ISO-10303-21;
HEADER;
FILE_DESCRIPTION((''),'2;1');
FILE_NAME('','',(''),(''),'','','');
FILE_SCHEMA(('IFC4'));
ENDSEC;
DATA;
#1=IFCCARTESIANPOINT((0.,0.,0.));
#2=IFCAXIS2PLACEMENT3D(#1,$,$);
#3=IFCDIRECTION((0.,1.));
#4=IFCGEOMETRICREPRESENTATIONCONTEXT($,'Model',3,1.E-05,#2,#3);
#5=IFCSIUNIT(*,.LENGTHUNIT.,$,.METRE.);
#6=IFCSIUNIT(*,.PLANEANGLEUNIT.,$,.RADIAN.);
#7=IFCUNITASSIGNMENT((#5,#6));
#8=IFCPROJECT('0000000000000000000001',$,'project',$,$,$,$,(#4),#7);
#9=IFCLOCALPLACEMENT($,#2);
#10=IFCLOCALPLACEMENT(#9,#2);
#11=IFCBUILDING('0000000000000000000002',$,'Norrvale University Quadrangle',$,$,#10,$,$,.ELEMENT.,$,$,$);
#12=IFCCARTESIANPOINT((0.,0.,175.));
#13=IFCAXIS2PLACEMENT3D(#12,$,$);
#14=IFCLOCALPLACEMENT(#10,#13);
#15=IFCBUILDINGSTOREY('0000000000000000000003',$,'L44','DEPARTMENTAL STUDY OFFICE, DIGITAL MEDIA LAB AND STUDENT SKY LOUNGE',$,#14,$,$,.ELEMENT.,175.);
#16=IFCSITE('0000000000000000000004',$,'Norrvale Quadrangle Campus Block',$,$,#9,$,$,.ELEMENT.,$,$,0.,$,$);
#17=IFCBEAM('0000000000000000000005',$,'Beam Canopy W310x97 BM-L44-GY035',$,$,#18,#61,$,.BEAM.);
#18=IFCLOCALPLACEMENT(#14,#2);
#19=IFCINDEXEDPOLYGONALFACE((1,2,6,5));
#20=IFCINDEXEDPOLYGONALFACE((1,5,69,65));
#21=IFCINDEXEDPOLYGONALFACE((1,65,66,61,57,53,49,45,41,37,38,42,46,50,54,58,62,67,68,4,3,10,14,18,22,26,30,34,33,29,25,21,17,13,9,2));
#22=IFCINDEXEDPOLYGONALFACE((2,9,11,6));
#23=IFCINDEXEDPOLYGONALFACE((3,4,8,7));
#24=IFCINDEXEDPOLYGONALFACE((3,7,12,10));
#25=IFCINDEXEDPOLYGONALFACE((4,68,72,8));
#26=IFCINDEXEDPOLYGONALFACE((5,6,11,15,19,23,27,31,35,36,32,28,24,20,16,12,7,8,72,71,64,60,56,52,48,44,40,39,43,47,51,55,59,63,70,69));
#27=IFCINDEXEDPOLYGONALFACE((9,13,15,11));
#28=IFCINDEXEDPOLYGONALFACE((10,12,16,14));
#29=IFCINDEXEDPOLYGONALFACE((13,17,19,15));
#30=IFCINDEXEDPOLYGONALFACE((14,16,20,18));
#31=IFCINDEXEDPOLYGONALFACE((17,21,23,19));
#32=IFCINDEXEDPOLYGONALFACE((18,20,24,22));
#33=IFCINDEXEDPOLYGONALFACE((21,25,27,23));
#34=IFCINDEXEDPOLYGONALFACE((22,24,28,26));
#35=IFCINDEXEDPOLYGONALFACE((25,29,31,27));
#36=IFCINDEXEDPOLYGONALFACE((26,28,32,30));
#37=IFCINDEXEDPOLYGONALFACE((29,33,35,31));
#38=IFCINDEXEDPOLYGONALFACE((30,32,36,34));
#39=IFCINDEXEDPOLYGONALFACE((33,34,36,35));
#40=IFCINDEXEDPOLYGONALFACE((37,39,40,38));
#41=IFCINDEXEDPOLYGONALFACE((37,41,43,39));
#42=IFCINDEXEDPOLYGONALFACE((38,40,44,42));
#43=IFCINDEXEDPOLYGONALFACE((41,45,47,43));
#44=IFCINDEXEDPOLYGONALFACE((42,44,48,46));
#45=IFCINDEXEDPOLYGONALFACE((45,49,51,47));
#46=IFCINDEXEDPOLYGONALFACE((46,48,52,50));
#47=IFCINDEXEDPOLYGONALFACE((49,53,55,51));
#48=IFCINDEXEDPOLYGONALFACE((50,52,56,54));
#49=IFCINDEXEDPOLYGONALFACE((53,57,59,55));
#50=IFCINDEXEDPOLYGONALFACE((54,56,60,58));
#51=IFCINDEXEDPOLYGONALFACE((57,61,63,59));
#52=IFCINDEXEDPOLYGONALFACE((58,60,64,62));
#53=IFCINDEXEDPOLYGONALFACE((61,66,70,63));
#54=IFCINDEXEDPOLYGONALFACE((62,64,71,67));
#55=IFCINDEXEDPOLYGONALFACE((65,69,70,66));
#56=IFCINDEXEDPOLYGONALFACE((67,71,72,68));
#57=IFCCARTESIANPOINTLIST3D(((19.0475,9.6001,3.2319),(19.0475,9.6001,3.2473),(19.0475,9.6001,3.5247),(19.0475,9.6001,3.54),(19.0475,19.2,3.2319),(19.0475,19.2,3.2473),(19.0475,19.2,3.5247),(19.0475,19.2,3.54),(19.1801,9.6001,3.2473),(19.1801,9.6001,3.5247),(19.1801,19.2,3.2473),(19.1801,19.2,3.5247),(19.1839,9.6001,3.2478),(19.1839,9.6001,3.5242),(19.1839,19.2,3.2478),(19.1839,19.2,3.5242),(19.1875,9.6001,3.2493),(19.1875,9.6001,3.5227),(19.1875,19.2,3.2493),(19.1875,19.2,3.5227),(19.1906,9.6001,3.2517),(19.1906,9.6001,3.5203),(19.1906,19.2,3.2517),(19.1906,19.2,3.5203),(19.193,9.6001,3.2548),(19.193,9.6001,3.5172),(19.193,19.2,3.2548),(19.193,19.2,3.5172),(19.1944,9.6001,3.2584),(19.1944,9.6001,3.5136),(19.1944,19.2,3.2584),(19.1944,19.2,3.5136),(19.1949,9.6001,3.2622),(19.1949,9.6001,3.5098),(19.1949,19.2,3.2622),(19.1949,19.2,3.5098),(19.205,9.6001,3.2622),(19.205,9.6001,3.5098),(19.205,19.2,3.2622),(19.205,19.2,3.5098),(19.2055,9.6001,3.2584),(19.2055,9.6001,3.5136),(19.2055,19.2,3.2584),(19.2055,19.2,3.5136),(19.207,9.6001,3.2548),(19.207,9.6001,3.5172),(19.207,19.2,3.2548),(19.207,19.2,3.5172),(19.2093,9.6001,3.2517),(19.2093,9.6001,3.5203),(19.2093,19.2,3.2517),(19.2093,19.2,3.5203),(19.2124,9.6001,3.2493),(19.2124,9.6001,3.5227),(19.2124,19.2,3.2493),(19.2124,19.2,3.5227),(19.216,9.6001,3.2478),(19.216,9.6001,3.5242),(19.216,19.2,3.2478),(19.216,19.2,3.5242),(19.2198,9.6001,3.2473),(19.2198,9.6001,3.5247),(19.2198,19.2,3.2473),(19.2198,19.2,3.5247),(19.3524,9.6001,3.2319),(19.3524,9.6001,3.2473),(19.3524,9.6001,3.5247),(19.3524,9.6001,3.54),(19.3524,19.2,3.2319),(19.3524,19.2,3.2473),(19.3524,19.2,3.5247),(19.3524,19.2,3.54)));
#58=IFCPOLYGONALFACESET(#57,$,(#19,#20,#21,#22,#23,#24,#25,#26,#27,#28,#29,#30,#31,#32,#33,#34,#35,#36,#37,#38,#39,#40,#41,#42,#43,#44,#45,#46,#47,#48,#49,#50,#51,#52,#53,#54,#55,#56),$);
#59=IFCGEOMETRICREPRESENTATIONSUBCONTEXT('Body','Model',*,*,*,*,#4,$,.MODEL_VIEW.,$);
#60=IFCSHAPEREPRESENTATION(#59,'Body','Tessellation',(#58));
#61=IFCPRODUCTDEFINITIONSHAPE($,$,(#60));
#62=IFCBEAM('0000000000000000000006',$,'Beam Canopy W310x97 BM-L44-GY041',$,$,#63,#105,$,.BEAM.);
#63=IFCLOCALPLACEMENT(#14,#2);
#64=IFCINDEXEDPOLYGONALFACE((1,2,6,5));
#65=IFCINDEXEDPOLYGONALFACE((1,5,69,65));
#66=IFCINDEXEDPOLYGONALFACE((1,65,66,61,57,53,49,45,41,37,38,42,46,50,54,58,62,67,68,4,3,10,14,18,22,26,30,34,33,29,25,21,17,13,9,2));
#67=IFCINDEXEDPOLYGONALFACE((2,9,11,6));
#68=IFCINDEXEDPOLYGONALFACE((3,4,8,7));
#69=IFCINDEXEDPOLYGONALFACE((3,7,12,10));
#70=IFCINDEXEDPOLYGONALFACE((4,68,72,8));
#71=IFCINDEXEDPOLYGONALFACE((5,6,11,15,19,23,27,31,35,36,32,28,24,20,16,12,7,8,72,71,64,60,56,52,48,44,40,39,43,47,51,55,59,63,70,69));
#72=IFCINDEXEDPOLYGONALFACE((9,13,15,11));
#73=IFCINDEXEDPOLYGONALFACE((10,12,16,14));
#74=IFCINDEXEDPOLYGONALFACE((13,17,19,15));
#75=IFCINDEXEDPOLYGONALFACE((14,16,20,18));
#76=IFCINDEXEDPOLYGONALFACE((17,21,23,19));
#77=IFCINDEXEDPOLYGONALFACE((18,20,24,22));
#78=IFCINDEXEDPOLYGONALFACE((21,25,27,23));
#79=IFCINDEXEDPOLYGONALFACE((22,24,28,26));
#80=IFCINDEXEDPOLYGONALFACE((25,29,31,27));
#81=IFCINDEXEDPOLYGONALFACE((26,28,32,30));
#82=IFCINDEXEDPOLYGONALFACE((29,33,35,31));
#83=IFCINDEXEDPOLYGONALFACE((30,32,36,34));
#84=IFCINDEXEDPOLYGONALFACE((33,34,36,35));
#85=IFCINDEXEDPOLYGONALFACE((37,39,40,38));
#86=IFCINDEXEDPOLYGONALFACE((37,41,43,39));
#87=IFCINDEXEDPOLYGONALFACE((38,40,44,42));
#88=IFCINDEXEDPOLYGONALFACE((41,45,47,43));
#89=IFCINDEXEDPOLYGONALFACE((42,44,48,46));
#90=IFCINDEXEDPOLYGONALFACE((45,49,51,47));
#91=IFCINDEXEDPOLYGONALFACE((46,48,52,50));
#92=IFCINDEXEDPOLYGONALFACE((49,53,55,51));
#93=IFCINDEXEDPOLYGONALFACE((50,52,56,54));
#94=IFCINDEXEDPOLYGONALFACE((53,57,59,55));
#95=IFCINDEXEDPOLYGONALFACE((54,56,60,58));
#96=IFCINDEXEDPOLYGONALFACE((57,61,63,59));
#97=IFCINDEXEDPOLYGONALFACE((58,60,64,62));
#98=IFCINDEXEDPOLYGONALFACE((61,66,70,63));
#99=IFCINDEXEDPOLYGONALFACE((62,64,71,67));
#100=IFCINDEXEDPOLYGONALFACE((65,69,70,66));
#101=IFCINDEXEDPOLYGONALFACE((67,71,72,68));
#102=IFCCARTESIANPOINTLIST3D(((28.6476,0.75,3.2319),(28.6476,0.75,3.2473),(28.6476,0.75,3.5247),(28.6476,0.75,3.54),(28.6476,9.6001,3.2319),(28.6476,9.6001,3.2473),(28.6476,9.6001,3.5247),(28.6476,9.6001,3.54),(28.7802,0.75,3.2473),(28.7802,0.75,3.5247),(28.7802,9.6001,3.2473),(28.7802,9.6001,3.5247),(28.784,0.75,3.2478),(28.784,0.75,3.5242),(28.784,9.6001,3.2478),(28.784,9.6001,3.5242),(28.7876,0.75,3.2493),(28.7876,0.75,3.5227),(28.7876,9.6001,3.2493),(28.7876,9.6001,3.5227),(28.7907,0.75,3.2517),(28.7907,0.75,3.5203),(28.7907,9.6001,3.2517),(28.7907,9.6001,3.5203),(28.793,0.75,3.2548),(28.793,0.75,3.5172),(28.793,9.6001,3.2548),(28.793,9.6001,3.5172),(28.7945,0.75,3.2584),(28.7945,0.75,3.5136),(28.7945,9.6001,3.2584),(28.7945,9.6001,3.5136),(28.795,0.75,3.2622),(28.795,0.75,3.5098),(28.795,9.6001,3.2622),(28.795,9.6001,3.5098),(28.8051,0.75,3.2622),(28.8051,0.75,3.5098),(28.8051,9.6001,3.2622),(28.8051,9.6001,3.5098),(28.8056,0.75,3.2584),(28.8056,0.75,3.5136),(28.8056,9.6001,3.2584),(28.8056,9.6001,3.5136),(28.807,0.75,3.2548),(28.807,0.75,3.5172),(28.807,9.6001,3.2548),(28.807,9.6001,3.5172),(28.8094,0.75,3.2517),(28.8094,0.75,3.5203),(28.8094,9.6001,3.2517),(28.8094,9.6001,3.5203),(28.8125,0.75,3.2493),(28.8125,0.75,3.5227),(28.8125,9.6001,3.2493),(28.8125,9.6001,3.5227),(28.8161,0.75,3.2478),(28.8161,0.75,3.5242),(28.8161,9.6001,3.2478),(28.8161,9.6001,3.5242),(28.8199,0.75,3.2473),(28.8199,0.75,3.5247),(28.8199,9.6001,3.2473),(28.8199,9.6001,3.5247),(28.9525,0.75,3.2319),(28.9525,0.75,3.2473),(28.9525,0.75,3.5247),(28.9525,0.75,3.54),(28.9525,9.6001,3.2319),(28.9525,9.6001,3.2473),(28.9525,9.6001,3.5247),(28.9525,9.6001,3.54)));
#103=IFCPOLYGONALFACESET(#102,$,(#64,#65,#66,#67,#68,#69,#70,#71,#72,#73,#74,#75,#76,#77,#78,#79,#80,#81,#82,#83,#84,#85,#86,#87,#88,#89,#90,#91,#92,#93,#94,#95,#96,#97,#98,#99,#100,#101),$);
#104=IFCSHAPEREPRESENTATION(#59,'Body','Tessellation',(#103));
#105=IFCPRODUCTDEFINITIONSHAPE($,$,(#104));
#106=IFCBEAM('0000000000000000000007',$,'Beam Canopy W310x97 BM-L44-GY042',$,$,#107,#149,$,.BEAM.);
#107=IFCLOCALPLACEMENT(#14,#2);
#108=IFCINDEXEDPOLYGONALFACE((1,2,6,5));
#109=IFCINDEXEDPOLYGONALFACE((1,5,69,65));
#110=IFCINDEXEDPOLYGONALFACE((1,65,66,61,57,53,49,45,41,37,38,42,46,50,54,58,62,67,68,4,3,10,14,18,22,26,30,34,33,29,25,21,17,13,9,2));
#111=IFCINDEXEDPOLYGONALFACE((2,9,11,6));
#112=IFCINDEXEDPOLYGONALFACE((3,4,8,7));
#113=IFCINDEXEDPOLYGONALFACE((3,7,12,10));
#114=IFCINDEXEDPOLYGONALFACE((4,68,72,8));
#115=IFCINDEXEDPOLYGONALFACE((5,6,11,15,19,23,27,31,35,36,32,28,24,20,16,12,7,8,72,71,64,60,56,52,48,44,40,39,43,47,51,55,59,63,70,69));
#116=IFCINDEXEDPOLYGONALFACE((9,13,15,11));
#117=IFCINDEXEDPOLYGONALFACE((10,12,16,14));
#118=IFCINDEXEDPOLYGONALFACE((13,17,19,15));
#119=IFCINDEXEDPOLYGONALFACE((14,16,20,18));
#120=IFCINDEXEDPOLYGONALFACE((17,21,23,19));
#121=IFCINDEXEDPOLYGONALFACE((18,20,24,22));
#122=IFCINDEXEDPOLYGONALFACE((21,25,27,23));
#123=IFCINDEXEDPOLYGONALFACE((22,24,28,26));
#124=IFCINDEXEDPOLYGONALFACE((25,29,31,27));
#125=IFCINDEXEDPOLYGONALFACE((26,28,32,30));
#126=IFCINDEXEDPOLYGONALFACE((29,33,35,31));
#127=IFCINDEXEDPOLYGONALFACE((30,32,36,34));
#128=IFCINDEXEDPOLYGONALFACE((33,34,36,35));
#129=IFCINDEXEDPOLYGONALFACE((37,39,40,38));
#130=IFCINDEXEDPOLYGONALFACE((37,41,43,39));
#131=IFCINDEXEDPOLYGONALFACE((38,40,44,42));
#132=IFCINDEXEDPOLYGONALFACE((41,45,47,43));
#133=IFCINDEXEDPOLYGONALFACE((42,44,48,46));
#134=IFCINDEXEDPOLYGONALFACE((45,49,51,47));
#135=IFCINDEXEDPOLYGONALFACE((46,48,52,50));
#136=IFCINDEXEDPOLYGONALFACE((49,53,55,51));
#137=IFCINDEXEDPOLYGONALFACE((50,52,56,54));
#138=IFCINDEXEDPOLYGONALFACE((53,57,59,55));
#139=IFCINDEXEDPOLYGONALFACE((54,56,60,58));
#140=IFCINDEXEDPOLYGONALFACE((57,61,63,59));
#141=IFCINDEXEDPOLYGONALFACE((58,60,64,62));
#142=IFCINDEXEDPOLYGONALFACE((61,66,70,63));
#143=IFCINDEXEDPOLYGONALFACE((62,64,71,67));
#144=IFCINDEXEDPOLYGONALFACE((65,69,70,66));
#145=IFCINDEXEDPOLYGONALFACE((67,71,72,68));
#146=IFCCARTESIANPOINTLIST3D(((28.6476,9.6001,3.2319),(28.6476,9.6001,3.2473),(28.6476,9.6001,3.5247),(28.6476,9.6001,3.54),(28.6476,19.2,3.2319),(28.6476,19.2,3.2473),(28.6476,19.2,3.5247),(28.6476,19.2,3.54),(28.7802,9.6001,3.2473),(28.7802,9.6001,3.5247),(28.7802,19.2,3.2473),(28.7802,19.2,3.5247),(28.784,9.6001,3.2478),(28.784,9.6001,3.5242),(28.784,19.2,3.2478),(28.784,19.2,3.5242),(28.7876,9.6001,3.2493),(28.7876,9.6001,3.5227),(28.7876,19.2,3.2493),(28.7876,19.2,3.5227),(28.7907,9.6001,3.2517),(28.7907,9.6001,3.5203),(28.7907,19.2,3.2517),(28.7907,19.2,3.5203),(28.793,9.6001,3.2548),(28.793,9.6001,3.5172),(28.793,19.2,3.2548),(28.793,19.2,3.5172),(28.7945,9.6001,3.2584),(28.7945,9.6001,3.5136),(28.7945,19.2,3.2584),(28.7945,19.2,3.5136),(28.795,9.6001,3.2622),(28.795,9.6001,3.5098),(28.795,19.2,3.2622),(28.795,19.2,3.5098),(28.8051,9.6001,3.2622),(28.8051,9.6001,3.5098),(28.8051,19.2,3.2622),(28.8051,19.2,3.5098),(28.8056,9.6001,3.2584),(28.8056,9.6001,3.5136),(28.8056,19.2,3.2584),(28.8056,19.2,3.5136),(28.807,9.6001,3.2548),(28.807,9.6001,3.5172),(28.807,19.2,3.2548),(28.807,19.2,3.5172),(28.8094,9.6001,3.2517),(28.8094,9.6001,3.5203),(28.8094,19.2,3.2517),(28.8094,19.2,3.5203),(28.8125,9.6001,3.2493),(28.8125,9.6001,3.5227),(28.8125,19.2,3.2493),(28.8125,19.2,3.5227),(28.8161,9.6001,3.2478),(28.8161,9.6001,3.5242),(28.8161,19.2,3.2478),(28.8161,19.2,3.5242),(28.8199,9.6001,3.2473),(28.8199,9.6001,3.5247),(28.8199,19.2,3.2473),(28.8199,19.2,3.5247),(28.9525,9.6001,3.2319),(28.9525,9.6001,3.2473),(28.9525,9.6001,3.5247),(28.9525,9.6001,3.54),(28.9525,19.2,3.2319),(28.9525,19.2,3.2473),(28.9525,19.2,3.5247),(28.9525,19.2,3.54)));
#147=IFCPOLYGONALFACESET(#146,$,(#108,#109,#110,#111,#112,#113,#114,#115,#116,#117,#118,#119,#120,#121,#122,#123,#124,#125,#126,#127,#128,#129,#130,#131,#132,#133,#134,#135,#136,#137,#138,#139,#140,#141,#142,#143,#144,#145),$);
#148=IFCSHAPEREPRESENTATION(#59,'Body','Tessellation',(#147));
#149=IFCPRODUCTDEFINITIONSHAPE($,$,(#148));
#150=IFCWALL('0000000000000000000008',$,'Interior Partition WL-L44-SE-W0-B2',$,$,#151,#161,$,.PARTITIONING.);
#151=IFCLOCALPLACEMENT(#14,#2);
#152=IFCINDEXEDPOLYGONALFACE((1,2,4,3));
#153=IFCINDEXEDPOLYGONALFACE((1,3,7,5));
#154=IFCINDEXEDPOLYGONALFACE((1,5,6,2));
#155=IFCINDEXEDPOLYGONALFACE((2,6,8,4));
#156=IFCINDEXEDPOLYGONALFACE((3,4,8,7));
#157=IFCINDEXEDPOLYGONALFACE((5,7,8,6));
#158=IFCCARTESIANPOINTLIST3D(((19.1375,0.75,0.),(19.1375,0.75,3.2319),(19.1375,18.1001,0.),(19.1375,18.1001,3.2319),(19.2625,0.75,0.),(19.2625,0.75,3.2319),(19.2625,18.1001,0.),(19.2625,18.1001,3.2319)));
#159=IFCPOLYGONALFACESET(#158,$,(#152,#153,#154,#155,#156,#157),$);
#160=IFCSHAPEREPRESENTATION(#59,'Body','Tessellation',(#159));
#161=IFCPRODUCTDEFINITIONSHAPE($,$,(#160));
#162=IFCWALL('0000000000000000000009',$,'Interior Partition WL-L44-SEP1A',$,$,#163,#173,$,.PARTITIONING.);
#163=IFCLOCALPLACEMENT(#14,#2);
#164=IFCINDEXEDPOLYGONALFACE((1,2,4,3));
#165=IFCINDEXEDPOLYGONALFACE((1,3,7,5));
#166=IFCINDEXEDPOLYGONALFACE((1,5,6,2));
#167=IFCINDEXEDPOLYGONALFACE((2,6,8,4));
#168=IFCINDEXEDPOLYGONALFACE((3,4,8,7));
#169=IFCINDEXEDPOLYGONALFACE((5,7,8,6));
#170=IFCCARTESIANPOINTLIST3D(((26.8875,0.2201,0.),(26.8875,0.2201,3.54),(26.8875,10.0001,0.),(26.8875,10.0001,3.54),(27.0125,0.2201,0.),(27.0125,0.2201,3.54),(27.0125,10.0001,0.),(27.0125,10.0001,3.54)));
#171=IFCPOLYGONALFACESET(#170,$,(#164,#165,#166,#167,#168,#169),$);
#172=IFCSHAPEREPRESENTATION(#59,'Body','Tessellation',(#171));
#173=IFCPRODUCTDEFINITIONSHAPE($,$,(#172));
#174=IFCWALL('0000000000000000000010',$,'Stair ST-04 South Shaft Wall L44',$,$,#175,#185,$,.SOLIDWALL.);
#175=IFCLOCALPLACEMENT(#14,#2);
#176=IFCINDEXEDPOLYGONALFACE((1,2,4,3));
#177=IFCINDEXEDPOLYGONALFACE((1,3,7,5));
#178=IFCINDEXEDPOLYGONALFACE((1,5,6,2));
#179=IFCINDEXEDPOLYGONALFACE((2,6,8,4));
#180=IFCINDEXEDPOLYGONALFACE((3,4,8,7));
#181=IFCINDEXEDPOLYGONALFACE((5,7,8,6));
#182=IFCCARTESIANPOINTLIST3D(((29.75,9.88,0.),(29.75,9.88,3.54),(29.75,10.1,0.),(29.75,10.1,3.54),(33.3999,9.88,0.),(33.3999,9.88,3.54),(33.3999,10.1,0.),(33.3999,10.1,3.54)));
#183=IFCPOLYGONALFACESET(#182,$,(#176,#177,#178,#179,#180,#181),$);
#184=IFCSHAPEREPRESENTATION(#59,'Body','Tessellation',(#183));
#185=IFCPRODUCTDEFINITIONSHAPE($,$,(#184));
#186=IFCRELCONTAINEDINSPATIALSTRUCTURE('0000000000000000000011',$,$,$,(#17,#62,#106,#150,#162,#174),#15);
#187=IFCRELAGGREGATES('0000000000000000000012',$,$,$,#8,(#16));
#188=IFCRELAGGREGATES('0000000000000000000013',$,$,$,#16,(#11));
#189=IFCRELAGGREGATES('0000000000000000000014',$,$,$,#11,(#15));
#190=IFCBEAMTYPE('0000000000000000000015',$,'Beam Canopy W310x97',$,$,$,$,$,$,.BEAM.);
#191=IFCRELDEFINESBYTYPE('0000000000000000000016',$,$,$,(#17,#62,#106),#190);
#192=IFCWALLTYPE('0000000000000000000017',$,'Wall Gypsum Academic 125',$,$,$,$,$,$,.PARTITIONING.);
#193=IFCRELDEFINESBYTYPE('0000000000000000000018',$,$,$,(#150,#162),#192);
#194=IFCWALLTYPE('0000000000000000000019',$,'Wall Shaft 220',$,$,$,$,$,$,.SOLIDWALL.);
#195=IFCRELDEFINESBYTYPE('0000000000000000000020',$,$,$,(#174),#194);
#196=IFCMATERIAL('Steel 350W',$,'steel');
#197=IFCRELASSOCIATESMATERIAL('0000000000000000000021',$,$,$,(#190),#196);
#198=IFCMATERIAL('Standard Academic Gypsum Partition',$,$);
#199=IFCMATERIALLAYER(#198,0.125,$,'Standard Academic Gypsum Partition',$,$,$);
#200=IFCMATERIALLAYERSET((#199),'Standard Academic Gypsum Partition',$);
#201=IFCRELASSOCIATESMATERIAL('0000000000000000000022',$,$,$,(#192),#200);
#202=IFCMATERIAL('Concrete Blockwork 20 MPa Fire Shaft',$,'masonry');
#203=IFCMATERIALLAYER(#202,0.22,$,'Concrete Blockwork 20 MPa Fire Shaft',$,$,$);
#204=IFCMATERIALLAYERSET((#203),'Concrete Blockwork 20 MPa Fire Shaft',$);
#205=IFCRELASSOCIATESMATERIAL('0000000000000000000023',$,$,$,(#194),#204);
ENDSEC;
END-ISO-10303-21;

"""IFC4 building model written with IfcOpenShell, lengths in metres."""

from ifc_helpers import new_model, si_unit, direction, frame, frame_2d, origin, origin_2d, place, context, subcontext, project, spatial, rectangle, i_section, extrude, material, layer, layer_set, material_profile, profile_set, type_object, element, save


model = new_model("IFC4")

# Units and contexts
model_context = context("Model", 3, precision=1e-05, world=origin(), true_north=direction((0.0, 1.0)))
body_context = subcontext(model_context, "Body", "Model", "MODEL_VIEW")
ifc_project = project(units=[si_unit("LENGTHUNIT", "METRE"), si_unit("PLANEANGLEUNIT", "RADIAN")], contexts=[model_context])

# Site, building, storey
site_placement = place(None, origin())
site = spatial("IfcSite", under=ifc_project, at=site_placement, Name="Norrvale Quadrangle Campus Block", CompositionType="ELEMENT", RefElevation=0.0)
building_placement = place(site_placement, origin())
building = spatial("IfcBuilding", under=site, at=building_placement, Name="Norrvale University Quadrangle", CompositionType="ELEMENT")
storey_placement = place(building_placement, frame((0.0, 0.0, 175.0)))
storey = spatial("IfcBuildingStorey", under=building, at=storey_placement, Name="L44", Description="DEPARTMENTAL STUDY OFFICE, DIGITAL MEDIA LAB AND STUDENT SKY LOUNGE", CompositionType="ELEMENT", Elevation=175.0)

# Beams
ifc_material_1 = material(Name="Steel 350W", Category="steel")
ifc_material_profile_1 = material_profile(ifc_material_1, i_section(OverallWidth=0.3049, OverallDepth=0.3081, WebThickness=0.01, FlangeThickness=0.0154, FilletRadius=0.0149, at=origin_2d()), Name="Steel 350W")
ifc_profile_set_1 = profile_set([ifc_material_profile_1], Name="Steel 350W")
beam_type_1 = type_object("IfcBeamType", Name="Beam Canopy W310x97", PredefinedType="BEAM", material=ifc_profile_set_1)
beam_1_placement = place(storey_placement, frame((19.2, 9.6001, 3.386), z_axis=(0.0, 1.0, 0.0), x_axis=(-1.0, 0.0, 0.0)))
element("IfcBeam", 1, at=beam_1_placement, inside=storey, type_object=beam_type_1, Name="Beam Canopy W310x97 BM-L44-GY035", PredefinedType="BEAM", context=body_context, shape_type="SweptSolid", body=[
    extrude(i_section(OverallWidth=0.3049, OverallDepth=0.3081, WebThickness=0.01, FlangeThickness=0.0154, FilletRadius=0.0149, at=origin_2d()), origin(), (0.0, 0.0, 1.0), 9.5999),
])
beam_2_placement = place(storey_placement, frame((28.8, 0.75, 3.386), z_axis=(0.0, 1.0, 0.0), x_axis=(-1.0, 0.0, 0.0)))
element("IfcBeam", 2, at=beam_2_placement, inside=storey, type_object=beam_type_1, Name="Beam Canopy W310x97 BM-L44-GY041", PredefinedType="BEAM", context=body_context, shape_type="SweptSolid", body=[
    extrude(i_section(OverallWidth=0.3049, OverallDepth=0.3081, WebThickness=0.01, FlangeThickness=0.0154, FilletRadius=0.0149, at=origin_2d()), origin(), (0.0, 0.0, 1.0), 8.8501),
])
beam_3_placement = place(storey_placement, frame((28.8, 9.6001, 3.386), z_axis=(0.0, 1.0, 0.0), x_axis=(-1.0, 0.0, 0.0)))
element("IfcBeam", 3, at=beam_3_placement, inside=storey, type_object=beam_type_1, Name="Beam Canopy W310x97 BM-L44-GY042", PredefinedType="BEAM", context=body_context, shape_type="SweptSolid", body=[
    extrude(i_section(OverallWidth=0.3049, OverallDepth=0.3081, WebThickness=0.01, FlangeThickness=0.0154, FilletRadius=0.0149, at=origin_2d()), origin(), (0.0, 0.0, 1.0), 9.5999),
])

# Walls
ifc_material_2 = material(Name="Standard Academic Gypsum Partition")
ifc_layer_1 = layer(ifc_material_2, 0.125, Name="Standard Academic Gypsum Partition")
ifc_layer_set_1 = layer_set([ifc_layer_1], Name="Standard Academic Gypsum Partition")
wall_type_1 = type_object("IfcWallType", Name="Wall Gypsum Academic 125", PredefinedType="PARTITIONING", material=ifc_layer_set_1)
wall_1_placement = place(storey_placement, frame((19.2, 0.75, 0.0), z_axis=(0.0, 0.0, 1.0), x_axis=(0.0, 1.0, 0.0)))
element("IfcWall", 4, at=wall_1_placement, inside=storey, type_object=wall_type_1, Name="Interior Partition WL-L44-SE-W0-B2", PredefinedType="PARTITIONING", context=body_context, shape_type="SweptSolid", body=[
    extrude(rectangle(XDim=17.3501, YDim=0.125, at=frame_2d((8.675, 0.0))), origin(), (0.0, 0.0, 1.0), 3.2319),
])
wall_2_placement = place(storey_placement, frame((26.95, 0.22, 0.0), z_axis=(0.0, 0.0, 1.0), x_axis=(0.0, 1.0, 0.0)))
element("IfcWall", 5, at=wall_2_placement, inside=storey, type_object=wall_type_1, Name="Interior Partition WL-L44-SEP1A", PredefinedType="PARTITIONING", context=body_context, shape_type="SweptSolid", body=[
    extrude(rectangle(XDim=9.78, YDim=0.125, at=frame_2d((4.8901, 0.0))), origin(), (0.0, 0.0, 1.0), 3.54),
])
ifc_material_3 = material(Name="Concrete Blockwork 20 MPa Fire Shaft", Category="masonry")
ifc_layer_2 = layer(ifc_material_3, 0.22, Name="Concrete Blockwork 20 MPa Fire Shaft")
ifc_layer_set_2 = layer_set([ifc_layer_2], Name="Concrete Blockwork 20 MPa Fire Shaft")
wall_type_2 = type_object("IfcWallType", Name="Wall Shaft 220", PredefinedType="SOLIDWALL", material=ifc_layer_set_2)
wall_3_placement = place(storey_placement, frame((29.75, 9.99, 0.0), z_axis=(0.0, 0.0, 1.0), x_axis=(1.0, 0.0, 0.0)))
element("IfcWall", 6, at=wall_3_placement, inside=storey, type_object=wall_type_2, Name="Stair ST-04 South Shaft Wall L44", PredefinedType="SOLIDWALL", context=body_context, shape_type="SweptSolid", body=[
    extrude(rectangle(XDim=3.6499, YDim=0.22, at=frame_2d((1.825, 0.0))), origin(), (0.0, 0.0, 1.0), 3.54),
])

save(model, "model.ifc")
